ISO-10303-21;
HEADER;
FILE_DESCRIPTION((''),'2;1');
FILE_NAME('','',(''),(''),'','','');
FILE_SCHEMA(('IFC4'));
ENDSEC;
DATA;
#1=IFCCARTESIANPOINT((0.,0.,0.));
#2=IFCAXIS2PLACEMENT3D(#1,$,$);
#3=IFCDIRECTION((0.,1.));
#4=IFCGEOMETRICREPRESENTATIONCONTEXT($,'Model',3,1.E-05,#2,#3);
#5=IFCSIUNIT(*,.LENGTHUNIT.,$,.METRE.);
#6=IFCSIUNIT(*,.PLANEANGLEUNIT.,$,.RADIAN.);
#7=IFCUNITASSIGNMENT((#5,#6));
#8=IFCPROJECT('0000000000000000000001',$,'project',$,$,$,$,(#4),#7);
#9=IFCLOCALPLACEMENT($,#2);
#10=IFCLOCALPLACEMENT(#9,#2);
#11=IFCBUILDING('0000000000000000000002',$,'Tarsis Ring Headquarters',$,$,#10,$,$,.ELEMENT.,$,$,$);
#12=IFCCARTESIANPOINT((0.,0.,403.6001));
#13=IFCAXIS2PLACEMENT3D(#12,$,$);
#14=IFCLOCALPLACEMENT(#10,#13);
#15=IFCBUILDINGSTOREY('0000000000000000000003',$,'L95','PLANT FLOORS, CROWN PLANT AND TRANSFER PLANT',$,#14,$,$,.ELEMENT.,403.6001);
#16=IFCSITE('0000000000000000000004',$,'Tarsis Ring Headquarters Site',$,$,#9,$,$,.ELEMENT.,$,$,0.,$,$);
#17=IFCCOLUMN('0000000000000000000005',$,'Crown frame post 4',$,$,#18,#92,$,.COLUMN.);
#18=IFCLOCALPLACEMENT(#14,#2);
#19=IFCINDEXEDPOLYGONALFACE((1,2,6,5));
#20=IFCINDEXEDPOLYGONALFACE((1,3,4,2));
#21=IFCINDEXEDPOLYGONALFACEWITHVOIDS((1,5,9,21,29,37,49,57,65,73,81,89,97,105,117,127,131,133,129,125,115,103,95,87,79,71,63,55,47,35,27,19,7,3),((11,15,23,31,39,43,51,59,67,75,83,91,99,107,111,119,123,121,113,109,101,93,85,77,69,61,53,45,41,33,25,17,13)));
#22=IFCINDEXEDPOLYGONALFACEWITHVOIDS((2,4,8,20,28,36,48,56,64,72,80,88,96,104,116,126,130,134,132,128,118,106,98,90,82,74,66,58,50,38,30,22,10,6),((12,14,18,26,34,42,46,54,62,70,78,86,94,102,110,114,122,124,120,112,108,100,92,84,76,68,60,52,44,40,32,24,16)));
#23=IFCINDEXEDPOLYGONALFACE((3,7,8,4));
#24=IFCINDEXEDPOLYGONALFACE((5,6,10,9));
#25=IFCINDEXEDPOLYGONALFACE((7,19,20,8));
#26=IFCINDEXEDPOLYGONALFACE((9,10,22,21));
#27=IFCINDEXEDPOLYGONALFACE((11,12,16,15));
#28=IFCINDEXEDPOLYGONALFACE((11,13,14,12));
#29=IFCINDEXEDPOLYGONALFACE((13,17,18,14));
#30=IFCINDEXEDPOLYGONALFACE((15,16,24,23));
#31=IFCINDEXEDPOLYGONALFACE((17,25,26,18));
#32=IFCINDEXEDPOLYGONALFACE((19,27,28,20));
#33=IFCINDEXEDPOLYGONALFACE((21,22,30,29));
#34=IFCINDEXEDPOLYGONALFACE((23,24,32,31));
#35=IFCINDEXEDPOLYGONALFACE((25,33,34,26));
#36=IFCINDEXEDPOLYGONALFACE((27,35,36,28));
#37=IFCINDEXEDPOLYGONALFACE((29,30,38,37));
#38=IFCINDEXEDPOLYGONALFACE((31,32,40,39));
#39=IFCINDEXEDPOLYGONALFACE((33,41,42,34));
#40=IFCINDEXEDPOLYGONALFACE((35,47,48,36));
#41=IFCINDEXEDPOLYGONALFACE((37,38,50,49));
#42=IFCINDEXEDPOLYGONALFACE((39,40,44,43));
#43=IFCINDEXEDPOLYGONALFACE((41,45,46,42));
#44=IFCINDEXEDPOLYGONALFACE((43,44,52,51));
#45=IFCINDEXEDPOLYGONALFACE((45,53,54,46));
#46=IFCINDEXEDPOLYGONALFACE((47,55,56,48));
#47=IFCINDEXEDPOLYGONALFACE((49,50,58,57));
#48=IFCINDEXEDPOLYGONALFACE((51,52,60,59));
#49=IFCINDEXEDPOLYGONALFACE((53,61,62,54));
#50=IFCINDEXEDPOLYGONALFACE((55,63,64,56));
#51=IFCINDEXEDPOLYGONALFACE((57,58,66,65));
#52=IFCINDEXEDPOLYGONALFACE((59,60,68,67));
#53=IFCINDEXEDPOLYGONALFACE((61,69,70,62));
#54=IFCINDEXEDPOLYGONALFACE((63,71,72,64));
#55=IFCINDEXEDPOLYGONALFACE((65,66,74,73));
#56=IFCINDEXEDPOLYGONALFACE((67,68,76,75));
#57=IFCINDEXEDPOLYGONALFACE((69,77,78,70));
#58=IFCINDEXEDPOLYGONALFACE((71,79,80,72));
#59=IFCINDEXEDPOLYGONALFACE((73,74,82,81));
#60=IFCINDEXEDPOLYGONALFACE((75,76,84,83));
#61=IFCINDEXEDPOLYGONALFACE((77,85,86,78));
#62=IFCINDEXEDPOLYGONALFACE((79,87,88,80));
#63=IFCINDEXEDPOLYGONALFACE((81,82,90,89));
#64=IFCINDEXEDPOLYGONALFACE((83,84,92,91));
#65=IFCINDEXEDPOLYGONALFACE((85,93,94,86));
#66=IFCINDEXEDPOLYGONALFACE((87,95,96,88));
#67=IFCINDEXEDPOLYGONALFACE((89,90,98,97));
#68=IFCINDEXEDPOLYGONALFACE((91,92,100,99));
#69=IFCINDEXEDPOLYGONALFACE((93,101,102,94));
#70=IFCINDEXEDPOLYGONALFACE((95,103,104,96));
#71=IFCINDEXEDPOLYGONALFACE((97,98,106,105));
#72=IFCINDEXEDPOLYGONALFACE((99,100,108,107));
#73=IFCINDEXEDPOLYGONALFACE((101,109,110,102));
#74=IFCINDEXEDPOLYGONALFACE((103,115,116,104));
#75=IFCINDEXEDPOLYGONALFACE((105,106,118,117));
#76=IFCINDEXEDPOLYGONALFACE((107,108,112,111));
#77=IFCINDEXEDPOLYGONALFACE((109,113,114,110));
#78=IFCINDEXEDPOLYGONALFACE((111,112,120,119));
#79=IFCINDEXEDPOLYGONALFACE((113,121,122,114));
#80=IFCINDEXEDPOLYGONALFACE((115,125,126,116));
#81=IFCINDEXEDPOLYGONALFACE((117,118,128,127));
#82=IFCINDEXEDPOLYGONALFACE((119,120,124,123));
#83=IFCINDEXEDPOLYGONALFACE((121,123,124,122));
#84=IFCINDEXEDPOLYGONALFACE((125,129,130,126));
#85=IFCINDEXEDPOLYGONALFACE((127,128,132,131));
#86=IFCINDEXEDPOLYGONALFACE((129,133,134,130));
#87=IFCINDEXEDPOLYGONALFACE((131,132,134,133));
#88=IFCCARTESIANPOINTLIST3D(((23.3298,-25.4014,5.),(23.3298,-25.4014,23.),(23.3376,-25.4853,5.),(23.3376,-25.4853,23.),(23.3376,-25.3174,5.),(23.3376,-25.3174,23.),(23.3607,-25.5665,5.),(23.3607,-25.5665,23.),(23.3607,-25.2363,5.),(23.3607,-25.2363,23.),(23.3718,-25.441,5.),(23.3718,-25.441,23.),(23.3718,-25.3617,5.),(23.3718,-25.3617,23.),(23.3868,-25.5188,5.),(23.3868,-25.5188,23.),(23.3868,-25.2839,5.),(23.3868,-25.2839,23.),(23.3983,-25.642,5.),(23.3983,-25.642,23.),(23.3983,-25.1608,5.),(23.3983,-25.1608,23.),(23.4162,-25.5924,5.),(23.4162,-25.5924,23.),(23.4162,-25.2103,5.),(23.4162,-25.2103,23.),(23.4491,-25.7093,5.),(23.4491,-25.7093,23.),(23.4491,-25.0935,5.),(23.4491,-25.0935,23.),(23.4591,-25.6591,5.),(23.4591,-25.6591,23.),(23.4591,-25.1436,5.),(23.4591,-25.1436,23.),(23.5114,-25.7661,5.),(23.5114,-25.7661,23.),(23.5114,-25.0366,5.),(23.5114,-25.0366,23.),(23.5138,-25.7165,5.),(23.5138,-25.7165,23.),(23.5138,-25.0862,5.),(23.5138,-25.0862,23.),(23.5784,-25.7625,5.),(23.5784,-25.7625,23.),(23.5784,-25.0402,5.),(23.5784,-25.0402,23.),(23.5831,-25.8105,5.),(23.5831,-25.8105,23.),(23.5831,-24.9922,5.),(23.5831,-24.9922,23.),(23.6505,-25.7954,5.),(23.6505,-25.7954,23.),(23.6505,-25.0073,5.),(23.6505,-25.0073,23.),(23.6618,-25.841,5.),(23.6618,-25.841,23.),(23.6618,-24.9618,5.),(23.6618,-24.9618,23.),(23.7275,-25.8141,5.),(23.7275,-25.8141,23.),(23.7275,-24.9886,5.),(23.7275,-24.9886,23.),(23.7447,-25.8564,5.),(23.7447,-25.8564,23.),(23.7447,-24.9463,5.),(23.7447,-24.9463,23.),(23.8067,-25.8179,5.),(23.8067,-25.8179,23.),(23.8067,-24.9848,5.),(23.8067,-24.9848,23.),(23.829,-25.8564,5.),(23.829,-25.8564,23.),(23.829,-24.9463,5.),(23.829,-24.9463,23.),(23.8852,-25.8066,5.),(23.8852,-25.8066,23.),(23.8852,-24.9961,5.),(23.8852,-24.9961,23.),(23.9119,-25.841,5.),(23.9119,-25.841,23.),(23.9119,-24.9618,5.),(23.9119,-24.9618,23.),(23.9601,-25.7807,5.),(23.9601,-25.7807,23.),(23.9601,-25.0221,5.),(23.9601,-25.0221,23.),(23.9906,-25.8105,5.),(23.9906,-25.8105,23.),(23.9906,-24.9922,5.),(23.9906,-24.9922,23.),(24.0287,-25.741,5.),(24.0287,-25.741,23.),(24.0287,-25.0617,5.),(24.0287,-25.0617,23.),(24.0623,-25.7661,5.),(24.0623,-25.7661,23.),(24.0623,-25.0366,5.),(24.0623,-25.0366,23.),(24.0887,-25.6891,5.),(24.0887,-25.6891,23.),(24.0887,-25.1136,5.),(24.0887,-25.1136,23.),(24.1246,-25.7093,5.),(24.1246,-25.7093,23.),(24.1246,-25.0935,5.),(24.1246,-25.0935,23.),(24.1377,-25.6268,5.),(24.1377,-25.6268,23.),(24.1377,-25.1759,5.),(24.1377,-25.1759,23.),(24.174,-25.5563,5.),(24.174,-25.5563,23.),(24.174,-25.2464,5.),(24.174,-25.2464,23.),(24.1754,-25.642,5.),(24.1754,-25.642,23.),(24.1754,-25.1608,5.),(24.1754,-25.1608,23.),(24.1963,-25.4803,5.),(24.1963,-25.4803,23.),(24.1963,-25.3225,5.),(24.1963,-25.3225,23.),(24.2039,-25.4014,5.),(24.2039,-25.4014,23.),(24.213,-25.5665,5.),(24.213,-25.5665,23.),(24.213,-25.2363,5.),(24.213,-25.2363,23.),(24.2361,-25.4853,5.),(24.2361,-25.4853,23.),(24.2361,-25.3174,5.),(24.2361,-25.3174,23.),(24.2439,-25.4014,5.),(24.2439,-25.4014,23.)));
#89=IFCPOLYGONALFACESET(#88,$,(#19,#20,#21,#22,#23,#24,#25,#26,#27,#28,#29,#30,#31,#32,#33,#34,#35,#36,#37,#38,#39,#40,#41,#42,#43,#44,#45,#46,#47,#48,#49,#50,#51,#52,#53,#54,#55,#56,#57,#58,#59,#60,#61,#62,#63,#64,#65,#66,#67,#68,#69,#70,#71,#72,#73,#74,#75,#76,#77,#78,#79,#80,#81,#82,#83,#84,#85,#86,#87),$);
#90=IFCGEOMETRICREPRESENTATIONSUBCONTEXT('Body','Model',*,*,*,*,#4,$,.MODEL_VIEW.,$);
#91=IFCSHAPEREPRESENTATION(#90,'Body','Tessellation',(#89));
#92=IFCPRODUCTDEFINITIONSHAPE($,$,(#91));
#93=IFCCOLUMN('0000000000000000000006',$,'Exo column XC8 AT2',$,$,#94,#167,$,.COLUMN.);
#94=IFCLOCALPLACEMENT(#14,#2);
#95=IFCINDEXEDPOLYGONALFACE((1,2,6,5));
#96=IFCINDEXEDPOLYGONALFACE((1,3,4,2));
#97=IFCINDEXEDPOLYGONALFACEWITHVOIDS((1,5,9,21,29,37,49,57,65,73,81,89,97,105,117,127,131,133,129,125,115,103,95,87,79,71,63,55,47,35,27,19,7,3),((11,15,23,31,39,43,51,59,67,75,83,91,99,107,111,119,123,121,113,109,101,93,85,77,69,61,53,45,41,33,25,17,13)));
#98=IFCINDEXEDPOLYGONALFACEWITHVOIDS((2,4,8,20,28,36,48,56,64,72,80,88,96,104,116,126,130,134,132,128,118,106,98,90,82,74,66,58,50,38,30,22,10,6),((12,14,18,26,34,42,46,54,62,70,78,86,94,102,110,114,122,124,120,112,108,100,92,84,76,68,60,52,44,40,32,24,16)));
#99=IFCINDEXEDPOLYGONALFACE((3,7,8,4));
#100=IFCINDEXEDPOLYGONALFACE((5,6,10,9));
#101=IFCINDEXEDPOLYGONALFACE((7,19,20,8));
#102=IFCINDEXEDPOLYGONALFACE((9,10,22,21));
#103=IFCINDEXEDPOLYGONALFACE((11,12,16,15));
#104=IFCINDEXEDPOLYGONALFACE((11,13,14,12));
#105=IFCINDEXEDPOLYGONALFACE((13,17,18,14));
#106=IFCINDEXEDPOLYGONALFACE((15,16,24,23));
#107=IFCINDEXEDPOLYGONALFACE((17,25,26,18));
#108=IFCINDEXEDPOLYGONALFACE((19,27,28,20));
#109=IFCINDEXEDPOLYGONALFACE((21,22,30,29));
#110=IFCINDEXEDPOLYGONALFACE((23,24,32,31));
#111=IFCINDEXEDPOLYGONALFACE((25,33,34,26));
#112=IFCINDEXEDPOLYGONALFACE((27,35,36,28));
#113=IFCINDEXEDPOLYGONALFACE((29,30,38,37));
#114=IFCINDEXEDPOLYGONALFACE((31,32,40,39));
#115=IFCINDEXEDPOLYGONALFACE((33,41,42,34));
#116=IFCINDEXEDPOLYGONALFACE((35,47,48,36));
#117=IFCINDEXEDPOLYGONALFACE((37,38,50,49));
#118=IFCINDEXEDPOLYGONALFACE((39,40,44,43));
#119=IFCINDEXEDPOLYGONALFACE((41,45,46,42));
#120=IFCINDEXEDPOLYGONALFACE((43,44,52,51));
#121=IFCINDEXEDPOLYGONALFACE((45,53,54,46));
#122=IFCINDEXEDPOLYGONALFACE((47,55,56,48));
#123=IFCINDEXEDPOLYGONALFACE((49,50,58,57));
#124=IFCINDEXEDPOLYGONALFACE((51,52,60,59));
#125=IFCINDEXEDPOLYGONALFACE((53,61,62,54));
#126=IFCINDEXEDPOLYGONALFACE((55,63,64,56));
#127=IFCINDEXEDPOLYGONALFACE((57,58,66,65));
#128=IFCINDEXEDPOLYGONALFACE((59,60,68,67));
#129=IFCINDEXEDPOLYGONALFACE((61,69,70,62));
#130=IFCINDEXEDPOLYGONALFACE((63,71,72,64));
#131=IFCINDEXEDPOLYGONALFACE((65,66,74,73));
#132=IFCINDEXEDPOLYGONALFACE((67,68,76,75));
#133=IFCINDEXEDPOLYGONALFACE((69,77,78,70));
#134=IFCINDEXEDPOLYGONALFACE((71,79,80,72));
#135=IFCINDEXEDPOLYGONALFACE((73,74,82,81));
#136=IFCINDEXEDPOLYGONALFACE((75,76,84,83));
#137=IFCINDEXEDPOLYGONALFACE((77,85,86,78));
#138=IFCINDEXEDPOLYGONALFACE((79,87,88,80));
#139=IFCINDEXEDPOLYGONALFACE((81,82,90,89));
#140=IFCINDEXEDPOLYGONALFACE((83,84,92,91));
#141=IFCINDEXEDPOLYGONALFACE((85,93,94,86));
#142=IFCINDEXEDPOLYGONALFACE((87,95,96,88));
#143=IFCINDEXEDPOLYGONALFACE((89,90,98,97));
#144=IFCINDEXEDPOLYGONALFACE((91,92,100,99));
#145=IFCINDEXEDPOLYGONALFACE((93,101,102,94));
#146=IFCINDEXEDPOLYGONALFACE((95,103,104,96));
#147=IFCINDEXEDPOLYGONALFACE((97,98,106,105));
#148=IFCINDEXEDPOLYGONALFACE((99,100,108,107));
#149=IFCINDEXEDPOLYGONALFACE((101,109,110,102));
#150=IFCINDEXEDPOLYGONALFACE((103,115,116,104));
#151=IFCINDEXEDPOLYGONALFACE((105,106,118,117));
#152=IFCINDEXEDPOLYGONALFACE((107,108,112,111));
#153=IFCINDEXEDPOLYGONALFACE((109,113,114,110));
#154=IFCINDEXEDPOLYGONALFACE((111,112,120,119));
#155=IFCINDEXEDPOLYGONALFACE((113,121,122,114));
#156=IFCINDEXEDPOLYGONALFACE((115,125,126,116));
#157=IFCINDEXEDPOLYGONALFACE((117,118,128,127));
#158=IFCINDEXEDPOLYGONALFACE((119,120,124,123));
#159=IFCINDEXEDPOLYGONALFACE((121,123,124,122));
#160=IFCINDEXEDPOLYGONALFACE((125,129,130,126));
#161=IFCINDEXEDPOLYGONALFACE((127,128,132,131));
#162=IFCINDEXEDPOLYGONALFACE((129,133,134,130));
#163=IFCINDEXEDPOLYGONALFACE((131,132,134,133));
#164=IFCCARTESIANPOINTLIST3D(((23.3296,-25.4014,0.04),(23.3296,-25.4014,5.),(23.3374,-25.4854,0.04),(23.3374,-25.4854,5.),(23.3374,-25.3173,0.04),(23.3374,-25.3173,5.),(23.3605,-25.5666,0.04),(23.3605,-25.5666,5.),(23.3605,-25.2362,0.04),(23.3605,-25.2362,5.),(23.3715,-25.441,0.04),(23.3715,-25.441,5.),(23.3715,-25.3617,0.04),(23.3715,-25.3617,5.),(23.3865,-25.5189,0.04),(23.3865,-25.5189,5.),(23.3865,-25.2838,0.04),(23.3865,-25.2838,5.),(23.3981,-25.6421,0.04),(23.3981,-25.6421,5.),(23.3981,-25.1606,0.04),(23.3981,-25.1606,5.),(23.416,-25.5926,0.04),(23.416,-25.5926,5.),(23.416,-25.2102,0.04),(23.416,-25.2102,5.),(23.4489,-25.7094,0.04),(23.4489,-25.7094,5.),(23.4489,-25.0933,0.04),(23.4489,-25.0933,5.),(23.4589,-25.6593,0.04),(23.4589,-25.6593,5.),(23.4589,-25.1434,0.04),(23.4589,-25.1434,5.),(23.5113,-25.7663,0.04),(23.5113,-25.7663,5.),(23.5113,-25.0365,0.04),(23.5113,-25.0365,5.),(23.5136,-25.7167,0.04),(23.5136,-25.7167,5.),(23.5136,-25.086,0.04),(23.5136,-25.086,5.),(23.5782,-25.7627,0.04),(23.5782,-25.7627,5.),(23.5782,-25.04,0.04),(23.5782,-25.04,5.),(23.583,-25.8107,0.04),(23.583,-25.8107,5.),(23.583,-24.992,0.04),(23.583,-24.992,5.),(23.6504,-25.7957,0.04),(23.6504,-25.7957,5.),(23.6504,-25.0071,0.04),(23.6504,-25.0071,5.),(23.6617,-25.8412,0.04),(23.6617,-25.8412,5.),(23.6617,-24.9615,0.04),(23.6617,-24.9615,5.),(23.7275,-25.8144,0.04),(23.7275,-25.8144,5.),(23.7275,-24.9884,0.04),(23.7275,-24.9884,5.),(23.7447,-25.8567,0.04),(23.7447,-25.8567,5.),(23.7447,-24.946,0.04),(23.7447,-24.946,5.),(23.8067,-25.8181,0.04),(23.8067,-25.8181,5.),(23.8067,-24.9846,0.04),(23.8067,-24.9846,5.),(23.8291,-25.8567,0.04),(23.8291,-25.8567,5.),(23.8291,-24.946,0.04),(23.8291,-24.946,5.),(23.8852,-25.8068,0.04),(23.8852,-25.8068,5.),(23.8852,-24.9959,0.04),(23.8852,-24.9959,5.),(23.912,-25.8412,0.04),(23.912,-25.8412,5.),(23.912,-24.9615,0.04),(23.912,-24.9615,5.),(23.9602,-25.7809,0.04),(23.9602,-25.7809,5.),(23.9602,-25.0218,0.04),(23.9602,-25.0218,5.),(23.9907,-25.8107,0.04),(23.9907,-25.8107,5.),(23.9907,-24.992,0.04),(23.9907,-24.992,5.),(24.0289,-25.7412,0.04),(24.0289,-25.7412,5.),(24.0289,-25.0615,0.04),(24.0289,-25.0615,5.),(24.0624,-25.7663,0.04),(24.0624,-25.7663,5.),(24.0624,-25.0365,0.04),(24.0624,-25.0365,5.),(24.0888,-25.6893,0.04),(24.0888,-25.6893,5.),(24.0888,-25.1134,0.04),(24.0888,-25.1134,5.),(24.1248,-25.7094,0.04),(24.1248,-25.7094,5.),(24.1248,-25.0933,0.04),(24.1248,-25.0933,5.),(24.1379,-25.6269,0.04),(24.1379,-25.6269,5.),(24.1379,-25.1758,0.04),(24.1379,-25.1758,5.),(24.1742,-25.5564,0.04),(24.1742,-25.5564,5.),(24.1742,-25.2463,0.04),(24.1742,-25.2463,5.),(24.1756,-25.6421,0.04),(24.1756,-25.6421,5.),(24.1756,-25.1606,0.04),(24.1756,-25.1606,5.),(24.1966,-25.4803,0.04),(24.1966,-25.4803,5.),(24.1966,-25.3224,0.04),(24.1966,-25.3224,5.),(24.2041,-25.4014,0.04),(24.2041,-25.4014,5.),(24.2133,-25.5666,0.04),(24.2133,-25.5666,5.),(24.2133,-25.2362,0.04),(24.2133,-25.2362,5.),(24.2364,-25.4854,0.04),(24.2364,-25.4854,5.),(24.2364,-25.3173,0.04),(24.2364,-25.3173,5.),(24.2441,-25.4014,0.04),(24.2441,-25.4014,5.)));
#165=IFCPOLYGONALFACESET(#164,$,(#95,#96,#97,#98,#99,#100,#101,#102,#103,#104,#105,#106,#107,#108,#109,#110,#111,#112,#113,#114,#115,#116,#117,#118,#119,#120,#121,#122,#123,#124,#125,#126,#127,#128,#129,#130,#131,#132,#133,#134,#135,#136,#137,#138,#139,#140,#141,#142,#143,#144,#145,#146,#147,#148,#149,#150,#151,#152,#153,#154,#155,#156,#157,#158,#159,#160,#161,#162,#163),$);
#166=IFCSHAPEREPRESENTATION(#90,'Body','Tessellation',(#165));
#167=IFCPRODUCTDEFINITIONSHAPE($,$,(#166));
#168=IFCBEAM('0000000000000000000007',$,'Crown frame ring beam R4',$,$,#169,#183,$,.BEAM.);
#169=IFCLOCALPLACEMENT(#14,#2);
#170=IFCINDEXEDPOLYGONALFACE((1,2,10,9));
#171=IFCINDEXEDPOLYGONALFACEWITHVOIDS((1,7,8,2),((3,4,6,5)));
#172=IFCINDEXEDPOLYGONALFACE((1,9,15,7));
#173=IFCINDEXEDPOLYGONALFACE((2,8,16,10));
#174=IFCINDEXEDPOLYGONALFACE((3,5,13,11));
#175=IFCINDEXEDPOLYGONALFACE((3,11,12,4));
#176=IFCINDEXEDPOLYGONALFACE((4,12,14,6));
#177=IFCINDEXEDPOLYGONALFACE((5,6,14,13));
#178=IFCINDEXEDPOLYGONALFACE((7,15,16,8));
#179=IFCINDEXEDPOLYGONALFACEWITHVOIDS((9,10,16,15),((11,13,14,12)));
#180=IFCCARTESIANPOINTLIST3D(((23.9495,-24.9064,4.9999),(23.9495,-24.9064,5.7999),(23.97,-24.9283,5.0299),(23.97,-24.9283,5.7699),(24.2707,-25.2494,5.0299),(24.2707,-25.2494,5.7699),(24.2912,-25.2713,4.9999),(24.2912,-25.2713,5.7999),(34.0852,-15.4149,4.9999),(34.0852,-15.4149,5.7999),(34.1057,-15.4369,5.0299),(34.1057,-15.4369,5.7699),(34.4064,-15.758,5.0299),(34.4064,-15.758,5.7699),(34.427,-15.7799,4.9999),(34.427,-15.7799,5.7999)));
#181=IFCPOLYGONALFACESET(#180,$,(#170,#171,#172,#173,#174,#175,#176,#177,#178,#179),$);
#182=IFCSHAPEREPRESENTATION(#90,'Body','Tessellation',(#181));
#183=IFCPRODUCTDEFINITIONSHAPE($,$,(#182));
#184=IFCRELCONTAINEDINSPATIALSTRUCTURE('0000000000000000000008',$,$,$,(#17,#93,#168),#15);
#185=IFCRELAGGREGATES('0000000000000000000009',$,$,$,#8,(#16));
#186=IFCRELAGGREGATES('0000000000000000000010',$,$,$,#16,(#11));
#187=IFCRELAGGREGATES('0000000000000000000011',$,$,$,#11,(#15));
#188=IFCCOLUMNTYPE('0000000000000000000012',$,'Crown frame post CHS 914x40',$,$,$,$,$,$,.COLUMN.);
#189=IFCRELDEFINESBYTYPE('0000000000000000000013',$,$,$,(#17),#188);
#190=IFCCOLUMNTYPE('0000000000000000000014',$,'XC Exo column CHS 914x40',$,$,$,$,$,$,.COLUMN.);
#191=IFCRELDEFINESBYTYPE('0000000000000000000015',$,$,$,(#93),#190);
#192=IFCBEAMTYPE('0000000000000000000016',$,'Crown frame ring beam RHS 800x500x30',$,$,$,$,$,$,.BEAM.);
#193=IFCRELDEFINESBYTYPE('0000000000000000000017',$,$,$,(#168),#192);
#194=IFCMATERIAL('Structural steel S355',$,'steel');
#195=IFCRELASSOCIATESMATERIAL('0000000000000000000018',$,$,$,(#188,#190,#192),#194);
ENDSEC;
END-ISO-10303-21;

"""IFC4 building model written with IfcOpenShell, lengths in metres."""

from ifc_helpers import new_model, si_unit, direction, frame, origin, origin_2d, place, context, subcontext, project, spatial, hollow_rectangle, hollow_circle, extrude, material, material_profile, profile_set, type_object, element, save


model = new_model("IFC4")

# Units and contexts
model_context = context("Model", 3, precision=1e-05, world=origin(), true_north=direction((0.0, 1.0)))
body_context = subcontext(model_context, "Body", "Model", "MODEL_VIEW")
ifc_project = project(units=[si_unit("LENGTHUNIT", "METRE"), si_unit("PLANEANGLEUNIT", "RADIAN")], contexts=[model_context])

# Site, building, storey
site_placement = place(None, origin())
site = spatial("IfcSite", under=ifc_project, at=site_placement, Name="Tarsis Ring Headquarters Site", CompositionType="ELEMENT", RefElevation=0.0)
building_placement = place(site_placement, origin())
building = spatial("IfcBuilding", under=site, at=building_placement, Name="Tarsis Ring Headquarters", CompositionType="ELEMENT")
storey_placement = place(building_placement, frame((0.0, 0.0, 403.6001)))
storey = spatial("IfcBuildingStorey", under=building, at=storey_placement, Name="L95", Description="PLANT FLOORS, CROWN PLANT AND TRANSFER PLANT", CompositionType="ELEMENT", Elevation=403.6001)

# Columns
ifc_material_1 = material(Name="Structural steel S355", Category="steel")
ifc_material_profile_1 = material_profile(ifc_material_1, hollow_circle(Radius=0.457, WallThickness=0.04, at=origin_2d()), Name="CHS 914x40")
ifc_profile_set_1 = profile_set([ifc_material_profile_1], Name="Structural steel S355")
column_type_1 = type_object("IfcColumnType", Name="Crown frame post CHS 914x40", PredefinedType="COLUMN", material=ifc_profile_set_1)
column_1_placement = place(storey_placement, frame((23.7869, -25.4014, 5.0), z_axis=(0.0, 0.0, 1.0), x_axis=(1.0, 0.0, 0.0)))
element("IfcColumn", 1, at=column_1_placement, inside=storey, type_object=column_type_1, Name="Crown frame post 4", PredefinedType="COLUMN", context=body_context, shape_type="SweptSolid", body=[
    extrude(hollow_circle(Radius=0.457, WallThickness=0.04, at=origin_2d()), origin(), (0.0, 0.0, 1.0), 18.0),
])
column_type_2 = type_object("IfcColumnType", Name="XC Exo column CHS 914x40", PredefinedType="COLUMN", material=ifc_profile_set_1)
column_2_placement = place(storey_placement, frame((23.7869, -25.4014, 0.04), z_axis=(0.0, 0.0, 1.0), x_axis=(1.0, 0.0, 0.0)))
element("IfcColumn", 2, at=column_2_placement, inside=storey, type_object=column_type_2, Name="Exo column XC8 AT2", PredefinedType="COLUMN", context=body_context, shape_type="SweptSolid", body=[
    extrude(hollow_circle(Radius=0.4573, WallThickness=0.04, at=origin_2d()), origin(), (0.0, 0.0, 1.0), 4.96),
])

# Beam
ifc_material_profile_2 = material_profile(ifc_material_1, hollow_rectangle(XDim=0.5, YDim=0.8, WallThickness=0.03, at=origin_2d()), Name="RHS 800x500x30")
ifc_profile_set_2 = profile_set([ifc_material_profile_2], Name="Structural steel S355")
beam_type_1 = type_object("IfcBeamType", Name="Crown frame ring beam RHS 800x500x30", PredefinedType="BEAM", material=ifc_profile_set_2)
beam_placement = place(storey_placement, frame((24.1204, -25.0889, 5.3999), z_axis=(0.729925, 0.683527, 0.0), x_axis=(-0.683527, 0.729925, 0.0)))
element("IfcBeam", 3, at=beam_placement, inside=storey, type_object=beam_type_1, Name="Crown frame ring beam R4", PredefinedType="BEAM", context=body_context, shape_type="SweptSolid", body=[
    extrude(hollow_rectangle(XDim=0.5, YDim=0.8, WallThickness=0.03, at=origin_2d()), origin(), (0.0, 0.0, 1.0), 13.886),
])

save(model, "model.ifc")
